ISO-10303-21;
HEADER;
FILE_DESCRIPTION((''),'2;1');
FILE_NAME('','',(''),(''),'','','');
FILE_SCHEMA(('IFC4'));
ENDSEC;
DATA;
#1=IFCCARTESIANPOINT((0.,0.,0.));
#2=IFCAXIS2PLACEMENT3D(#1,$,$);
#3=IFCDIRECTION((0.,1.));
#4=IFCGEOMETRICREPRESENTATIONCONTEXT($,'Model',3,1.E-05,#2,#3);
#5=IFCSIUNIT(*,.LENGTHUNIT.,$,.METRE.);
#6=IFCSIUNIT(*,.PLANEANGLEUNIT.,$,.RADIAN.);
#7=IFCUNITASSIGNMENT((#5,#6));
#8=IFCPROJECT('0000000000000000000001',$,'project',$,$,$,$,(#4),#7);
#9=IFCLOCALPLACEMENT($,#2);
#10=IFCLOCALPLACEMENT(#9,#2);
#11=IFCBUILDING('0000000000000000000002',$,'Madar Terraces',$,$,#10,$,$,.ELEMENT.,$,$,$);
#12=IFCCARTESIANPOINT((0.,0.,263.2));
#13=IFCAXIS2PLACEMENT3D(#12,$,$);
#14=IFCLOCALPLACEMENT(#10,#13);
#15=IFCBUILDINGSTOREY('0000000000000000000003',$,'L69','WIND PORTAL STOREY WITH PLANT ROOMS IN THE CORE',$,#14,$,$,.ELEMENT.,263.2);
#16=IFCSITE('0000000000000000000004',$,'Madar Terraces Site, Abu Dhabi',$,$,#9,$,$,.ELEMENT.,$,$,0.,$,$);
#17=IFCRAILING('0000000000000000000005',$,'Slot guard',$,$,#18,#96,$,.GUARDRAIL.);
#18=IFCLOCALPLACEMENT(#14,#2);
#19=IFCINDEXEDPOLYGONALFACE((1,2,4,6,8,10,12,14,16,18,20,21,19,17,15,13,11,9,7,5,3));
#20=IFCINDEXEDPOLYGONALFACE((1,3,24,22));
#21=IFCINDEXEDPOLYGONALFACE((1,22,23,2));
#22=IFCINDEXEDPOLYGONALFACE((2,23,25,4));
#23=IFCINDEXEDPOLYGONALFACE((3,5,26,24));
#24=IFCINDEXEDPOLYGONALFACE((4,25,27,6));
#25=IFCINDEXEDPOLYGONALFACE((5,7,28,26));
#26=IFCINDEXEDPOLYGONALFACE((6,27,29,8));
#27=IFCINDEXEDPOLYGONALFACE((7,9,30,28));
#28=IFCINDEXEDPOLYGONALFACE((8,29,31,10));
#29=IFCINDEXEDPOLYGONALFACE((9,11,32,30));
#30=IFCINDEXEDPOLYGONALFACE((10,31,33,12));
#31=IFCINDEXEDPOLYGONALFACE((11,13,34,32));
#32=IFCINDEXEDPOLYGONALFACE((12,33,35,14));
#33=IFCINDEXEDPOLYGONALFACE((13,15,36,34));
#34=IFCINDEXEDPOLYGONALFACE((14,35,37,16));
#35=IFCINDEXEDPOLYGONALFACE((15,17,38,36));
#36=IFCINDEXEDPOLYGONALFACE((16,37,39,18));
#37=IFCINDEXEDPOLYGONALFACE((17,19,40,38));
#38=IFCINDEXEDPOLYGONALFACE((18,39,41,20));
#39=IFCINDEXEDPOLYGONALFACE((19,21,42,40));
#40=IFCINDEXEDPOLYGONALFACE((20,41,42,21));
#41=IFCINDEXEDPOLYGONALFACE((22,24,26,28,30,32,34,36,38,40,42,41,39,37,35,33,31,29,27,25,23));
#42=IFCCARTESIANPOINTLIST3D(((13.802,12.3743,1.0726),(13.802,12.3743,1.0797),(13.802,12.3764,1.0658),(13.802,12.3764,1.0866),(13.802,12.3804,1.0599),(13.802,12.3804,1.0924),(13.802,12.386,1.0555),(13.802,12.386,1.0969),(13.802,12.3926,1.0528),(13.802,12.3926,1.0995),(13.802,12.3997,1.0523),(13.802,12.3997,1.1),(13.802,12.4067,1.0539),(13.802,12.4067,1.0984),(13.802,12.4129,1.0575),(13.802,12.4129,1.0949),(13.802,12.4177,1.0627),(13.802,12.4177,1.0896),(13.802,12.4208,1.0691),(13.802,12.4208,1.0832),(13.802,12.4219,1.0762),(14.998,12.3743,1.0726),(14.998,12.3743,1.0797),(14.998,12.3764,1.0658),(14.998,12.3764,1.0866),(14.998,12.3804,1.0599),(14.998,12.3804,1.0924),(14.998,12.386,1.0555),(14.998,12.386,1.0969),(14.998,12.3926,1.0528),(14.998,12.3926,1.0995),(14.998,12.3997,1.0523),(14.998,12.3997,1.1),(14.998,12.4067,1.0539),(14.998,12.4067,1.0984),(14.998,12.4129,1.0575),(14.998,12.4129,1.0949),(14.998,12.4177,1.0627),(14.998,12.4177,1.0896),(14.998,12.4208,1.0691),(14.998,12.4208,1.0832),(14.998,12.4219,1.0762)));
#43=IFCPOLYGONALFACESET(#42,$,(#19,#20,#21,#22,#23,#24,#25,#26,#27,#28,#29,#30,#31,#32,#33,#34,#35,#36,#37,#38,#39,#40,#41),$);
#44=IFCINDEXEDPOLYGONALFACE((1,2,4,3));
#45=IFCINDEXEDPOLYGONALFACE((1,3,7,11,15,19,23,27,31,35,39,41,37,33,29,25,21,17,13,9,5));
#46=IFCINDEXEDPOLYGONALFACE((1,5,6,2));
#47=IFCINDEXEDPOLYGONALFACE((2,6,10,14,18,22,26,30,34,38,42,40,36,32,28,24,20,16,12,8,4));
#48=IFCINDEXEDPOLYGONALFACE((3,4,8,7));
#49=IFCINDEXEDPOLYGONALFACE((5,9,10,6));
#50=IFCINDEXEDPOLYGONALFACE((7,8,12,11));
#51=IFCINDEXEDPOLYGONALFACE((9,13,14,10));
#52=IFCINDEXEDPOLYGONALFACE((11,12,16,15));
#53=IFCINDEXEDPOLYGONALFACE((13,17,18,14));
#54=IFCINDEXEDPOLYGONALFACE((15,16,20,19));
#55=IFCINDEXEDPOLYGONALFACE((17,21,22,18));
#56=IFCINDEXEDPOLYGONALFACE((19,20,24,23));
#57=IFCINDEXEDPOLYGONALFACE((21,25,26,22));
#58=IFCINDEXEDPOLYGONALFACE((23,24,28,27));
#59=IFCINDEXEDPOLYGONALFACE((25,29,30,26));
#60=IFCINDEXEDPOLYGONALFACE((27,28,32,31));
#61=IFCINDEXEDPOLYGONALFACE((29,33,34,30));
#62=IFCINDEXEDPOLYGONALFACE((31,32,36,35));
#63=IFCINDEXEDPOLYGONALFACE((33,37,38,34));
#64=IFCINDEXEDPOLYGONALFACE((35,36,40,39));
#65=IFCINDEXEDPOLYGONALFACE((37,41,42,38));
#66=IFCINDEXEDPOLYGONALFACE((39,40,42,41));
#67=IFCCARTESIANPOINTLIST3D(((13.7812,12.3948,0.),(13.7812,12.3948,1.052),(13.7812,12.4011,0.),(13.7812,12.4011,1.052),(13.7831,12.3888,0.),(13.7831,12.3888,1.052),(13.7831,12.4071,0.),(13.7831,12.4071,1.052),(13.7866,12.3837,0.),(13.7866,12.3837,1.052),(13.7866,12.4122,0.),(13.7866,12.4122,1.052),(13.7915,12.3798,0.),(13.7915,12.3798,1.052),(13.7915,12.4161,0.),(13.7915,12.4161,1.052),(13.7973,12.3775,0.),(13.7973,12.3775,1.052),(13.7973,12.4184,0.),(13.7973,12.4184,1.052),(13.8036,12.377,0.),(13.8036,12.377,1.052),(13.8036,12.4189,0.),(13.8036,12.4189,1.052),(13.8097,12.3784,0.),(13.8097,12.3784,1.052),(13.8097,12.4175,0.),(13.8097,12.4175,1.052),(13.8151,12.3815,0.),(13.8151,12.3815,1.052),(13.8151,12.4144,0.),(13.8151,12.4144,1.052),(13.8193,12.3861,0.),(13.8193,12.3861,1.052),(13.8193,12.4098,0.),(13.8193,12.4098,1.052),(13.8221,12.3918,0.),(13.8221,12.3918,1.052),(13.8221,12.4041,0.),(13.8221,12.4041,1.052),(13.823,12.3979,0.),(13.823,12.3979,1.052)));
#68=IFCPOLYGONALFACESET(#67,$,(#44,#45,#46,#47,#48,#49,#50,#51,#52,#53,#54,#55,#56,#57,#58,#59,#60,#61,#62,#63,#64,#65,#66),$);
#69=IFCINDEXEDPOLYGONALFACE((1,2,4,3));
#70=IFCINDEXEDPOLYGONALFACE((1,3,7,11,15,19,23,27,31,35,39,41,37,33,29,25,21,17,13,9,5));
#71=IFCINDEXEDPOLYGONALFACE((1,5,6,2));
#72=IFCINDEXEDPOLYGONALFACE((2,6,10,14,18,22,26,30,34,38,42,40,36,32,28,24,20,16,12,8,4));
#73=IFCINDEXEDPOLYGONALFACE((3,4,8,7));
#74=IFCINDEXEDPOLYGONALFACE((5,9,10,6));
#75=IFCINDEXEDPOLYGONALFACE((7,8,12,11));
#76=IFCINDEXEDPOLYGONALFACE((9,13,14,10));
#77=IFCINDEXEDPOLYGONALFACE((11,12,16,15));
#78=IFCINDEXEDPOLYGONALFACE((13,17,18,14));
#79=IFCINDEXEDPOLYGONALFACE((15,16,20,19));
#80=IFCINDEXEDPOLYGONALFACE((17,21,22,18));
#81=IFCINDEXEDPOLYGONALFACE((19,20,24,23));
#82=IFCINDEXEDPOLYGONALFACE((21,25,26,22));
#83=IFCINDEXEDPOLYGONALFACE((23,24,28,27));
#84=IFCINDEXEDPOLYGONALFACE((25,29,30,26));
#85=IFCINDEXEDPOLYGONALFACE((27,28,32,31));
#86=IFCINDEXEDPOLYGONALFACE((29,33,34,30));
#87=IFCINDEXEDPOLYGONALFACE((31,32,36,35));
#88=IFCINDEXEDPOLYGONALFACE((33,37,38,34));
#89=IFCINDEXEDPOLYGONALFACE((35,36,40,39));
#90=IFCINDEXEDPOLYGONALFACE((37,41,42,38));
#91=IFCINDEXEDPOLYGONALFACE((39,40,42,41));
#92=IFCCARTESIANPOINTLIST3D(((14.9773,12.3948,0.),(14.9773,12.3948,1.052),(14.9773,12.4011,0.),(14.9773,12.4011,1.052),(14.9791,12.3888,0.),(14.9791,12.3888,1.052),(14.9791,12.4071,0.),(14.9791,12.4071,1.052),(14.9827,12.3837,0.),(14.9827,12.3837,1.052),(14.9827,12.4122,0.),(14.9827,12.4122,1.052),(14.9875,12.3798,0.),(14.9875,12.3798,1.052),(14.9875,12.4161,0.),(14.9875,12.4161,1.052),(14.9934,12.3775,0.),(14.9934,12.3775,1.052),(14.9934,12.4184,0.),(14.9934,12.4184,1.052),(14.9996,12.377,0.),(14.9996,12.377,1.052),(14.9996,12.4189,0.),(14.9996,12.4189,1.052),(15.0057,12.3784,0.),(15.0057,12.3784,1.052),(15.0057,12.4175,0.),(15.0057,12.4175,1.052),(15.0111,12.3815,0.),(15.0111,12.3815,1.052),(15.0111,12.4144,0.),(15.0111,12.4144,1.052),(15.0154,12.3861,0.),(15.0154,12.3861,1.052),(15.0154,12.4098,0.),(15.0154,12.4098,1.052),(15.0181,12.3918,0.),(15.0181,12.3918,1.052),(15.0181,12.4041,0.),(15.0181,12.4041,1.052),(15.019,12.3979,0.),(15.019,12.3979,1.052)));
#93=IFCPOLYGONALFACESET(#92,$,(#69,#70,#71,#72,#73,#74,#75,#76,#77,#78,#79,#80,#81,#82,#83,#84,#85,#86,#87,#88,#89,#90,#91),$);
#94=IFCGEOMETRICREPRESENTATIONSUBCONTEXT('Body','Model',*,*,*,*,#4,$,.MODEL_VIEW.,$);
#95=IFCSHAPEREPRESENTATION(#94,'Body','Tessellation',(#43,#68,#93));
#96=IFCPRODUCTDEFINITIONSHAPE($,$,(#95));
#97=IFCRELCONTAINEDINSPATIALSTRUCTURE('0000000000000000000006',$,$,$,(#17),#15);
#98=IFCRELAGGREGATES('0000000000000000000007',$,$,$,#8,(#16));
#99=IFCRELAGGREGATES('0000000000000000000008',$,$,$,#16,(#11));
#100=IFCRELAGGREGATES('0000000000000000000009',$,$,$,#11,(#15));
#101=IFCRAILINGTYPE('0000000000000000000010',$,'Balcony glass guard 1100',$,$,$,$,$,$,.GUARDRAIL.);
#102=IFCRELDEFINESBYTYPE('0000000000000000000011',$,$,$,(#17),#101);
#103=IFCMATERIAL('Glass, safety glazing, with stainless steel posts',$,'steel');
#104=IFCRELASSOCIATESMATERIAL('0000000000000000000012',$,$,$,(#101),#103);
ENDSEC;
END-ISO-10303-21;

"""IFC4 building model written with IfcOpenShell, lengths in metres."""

from ifc_helpers import new_model, si_unit, direction, frame, origin, origin_2d, place, context, subcontext, project, spatial, circle, extrude, material, type_object, element, save


model = new_model("IFC4")

# Units and contexts
model_context = context("Model", 3, precision=1e-05, world=origin(), true_north=direction((0.0, 1.0)))
body_context = subcontext(model_context, "Body", "Model", "MODEL_VIEW")
ifc_project = project(units=[si_unit("LENGTHUNIT", "METRE"), si_unit("PLANEANGLEUNIT", "RADIAN")], contexts=[model_context])

# Site, building, storey
site_placement = place(None, origin())
site = spatial("IfcSite", under=ifc_project, at=site_placement, Name="Madar Terraces Site, Abu Dhabi", CompositionType="ELEMENT", RefElevation=0.0)
building_placement = place(site_placement, origin())
building = spatial("IfcBuilding", under=site, at=building_placement, Name="Madar Terraces", CompositionType="ELEMENT")
storey_placement = place(building_placement, frame((0.0, 0.0, 263.2)))
storey = spatial("IfcBuildingStorey", under=building, at=storey_placement, Name="L69", Description="WIND PORTAL STOREY WITH PLANT ROOMS IN THE CORE", CompositionType="ELEMENT", Elevation=263.2)

# Railing
ifc_material_1 = material(Name="Glass, safety glazing, with stainless steel posts", Category="steel")
railing_type_1 = type_object("IfcRailingType", Name="Balcony glass guard 1100", PredefinedType="GUARDRAIL", material=ifc_material_1)
railing_1_placement = place(storey_placement, frame((13.802, 12.3979, 0.0)))
element("IfcRailing", 1, at=railing_1_placement, inside=storey, type_object=railing_type_1, Name="Slot guard", PredefinedType="GUARDRAIL", context=body_context, shape_type="SweptSolid", body=[
    extrude(circle(Radius=0.0239, at=origin_2d()), frame((0.0, 0.0, 1.0762), z_axis=(1.0, 0.0, 0.0), x_axis=(0.0, 1.0, 0.0)), (0.0, 0.0, 1.0), 1.196),
    extrude(circle(Radius=0.021, at=origin_2d()), origin(), (0.0, 0.0, 1.0), 1.052),
    extrude(circle(Radius=0.021, at=origin_2d()), frame((1.196, 0.0, 0.0)), (0.0, 0.0, 1.0), 1.052),
])

save(model, "model.ifc")
